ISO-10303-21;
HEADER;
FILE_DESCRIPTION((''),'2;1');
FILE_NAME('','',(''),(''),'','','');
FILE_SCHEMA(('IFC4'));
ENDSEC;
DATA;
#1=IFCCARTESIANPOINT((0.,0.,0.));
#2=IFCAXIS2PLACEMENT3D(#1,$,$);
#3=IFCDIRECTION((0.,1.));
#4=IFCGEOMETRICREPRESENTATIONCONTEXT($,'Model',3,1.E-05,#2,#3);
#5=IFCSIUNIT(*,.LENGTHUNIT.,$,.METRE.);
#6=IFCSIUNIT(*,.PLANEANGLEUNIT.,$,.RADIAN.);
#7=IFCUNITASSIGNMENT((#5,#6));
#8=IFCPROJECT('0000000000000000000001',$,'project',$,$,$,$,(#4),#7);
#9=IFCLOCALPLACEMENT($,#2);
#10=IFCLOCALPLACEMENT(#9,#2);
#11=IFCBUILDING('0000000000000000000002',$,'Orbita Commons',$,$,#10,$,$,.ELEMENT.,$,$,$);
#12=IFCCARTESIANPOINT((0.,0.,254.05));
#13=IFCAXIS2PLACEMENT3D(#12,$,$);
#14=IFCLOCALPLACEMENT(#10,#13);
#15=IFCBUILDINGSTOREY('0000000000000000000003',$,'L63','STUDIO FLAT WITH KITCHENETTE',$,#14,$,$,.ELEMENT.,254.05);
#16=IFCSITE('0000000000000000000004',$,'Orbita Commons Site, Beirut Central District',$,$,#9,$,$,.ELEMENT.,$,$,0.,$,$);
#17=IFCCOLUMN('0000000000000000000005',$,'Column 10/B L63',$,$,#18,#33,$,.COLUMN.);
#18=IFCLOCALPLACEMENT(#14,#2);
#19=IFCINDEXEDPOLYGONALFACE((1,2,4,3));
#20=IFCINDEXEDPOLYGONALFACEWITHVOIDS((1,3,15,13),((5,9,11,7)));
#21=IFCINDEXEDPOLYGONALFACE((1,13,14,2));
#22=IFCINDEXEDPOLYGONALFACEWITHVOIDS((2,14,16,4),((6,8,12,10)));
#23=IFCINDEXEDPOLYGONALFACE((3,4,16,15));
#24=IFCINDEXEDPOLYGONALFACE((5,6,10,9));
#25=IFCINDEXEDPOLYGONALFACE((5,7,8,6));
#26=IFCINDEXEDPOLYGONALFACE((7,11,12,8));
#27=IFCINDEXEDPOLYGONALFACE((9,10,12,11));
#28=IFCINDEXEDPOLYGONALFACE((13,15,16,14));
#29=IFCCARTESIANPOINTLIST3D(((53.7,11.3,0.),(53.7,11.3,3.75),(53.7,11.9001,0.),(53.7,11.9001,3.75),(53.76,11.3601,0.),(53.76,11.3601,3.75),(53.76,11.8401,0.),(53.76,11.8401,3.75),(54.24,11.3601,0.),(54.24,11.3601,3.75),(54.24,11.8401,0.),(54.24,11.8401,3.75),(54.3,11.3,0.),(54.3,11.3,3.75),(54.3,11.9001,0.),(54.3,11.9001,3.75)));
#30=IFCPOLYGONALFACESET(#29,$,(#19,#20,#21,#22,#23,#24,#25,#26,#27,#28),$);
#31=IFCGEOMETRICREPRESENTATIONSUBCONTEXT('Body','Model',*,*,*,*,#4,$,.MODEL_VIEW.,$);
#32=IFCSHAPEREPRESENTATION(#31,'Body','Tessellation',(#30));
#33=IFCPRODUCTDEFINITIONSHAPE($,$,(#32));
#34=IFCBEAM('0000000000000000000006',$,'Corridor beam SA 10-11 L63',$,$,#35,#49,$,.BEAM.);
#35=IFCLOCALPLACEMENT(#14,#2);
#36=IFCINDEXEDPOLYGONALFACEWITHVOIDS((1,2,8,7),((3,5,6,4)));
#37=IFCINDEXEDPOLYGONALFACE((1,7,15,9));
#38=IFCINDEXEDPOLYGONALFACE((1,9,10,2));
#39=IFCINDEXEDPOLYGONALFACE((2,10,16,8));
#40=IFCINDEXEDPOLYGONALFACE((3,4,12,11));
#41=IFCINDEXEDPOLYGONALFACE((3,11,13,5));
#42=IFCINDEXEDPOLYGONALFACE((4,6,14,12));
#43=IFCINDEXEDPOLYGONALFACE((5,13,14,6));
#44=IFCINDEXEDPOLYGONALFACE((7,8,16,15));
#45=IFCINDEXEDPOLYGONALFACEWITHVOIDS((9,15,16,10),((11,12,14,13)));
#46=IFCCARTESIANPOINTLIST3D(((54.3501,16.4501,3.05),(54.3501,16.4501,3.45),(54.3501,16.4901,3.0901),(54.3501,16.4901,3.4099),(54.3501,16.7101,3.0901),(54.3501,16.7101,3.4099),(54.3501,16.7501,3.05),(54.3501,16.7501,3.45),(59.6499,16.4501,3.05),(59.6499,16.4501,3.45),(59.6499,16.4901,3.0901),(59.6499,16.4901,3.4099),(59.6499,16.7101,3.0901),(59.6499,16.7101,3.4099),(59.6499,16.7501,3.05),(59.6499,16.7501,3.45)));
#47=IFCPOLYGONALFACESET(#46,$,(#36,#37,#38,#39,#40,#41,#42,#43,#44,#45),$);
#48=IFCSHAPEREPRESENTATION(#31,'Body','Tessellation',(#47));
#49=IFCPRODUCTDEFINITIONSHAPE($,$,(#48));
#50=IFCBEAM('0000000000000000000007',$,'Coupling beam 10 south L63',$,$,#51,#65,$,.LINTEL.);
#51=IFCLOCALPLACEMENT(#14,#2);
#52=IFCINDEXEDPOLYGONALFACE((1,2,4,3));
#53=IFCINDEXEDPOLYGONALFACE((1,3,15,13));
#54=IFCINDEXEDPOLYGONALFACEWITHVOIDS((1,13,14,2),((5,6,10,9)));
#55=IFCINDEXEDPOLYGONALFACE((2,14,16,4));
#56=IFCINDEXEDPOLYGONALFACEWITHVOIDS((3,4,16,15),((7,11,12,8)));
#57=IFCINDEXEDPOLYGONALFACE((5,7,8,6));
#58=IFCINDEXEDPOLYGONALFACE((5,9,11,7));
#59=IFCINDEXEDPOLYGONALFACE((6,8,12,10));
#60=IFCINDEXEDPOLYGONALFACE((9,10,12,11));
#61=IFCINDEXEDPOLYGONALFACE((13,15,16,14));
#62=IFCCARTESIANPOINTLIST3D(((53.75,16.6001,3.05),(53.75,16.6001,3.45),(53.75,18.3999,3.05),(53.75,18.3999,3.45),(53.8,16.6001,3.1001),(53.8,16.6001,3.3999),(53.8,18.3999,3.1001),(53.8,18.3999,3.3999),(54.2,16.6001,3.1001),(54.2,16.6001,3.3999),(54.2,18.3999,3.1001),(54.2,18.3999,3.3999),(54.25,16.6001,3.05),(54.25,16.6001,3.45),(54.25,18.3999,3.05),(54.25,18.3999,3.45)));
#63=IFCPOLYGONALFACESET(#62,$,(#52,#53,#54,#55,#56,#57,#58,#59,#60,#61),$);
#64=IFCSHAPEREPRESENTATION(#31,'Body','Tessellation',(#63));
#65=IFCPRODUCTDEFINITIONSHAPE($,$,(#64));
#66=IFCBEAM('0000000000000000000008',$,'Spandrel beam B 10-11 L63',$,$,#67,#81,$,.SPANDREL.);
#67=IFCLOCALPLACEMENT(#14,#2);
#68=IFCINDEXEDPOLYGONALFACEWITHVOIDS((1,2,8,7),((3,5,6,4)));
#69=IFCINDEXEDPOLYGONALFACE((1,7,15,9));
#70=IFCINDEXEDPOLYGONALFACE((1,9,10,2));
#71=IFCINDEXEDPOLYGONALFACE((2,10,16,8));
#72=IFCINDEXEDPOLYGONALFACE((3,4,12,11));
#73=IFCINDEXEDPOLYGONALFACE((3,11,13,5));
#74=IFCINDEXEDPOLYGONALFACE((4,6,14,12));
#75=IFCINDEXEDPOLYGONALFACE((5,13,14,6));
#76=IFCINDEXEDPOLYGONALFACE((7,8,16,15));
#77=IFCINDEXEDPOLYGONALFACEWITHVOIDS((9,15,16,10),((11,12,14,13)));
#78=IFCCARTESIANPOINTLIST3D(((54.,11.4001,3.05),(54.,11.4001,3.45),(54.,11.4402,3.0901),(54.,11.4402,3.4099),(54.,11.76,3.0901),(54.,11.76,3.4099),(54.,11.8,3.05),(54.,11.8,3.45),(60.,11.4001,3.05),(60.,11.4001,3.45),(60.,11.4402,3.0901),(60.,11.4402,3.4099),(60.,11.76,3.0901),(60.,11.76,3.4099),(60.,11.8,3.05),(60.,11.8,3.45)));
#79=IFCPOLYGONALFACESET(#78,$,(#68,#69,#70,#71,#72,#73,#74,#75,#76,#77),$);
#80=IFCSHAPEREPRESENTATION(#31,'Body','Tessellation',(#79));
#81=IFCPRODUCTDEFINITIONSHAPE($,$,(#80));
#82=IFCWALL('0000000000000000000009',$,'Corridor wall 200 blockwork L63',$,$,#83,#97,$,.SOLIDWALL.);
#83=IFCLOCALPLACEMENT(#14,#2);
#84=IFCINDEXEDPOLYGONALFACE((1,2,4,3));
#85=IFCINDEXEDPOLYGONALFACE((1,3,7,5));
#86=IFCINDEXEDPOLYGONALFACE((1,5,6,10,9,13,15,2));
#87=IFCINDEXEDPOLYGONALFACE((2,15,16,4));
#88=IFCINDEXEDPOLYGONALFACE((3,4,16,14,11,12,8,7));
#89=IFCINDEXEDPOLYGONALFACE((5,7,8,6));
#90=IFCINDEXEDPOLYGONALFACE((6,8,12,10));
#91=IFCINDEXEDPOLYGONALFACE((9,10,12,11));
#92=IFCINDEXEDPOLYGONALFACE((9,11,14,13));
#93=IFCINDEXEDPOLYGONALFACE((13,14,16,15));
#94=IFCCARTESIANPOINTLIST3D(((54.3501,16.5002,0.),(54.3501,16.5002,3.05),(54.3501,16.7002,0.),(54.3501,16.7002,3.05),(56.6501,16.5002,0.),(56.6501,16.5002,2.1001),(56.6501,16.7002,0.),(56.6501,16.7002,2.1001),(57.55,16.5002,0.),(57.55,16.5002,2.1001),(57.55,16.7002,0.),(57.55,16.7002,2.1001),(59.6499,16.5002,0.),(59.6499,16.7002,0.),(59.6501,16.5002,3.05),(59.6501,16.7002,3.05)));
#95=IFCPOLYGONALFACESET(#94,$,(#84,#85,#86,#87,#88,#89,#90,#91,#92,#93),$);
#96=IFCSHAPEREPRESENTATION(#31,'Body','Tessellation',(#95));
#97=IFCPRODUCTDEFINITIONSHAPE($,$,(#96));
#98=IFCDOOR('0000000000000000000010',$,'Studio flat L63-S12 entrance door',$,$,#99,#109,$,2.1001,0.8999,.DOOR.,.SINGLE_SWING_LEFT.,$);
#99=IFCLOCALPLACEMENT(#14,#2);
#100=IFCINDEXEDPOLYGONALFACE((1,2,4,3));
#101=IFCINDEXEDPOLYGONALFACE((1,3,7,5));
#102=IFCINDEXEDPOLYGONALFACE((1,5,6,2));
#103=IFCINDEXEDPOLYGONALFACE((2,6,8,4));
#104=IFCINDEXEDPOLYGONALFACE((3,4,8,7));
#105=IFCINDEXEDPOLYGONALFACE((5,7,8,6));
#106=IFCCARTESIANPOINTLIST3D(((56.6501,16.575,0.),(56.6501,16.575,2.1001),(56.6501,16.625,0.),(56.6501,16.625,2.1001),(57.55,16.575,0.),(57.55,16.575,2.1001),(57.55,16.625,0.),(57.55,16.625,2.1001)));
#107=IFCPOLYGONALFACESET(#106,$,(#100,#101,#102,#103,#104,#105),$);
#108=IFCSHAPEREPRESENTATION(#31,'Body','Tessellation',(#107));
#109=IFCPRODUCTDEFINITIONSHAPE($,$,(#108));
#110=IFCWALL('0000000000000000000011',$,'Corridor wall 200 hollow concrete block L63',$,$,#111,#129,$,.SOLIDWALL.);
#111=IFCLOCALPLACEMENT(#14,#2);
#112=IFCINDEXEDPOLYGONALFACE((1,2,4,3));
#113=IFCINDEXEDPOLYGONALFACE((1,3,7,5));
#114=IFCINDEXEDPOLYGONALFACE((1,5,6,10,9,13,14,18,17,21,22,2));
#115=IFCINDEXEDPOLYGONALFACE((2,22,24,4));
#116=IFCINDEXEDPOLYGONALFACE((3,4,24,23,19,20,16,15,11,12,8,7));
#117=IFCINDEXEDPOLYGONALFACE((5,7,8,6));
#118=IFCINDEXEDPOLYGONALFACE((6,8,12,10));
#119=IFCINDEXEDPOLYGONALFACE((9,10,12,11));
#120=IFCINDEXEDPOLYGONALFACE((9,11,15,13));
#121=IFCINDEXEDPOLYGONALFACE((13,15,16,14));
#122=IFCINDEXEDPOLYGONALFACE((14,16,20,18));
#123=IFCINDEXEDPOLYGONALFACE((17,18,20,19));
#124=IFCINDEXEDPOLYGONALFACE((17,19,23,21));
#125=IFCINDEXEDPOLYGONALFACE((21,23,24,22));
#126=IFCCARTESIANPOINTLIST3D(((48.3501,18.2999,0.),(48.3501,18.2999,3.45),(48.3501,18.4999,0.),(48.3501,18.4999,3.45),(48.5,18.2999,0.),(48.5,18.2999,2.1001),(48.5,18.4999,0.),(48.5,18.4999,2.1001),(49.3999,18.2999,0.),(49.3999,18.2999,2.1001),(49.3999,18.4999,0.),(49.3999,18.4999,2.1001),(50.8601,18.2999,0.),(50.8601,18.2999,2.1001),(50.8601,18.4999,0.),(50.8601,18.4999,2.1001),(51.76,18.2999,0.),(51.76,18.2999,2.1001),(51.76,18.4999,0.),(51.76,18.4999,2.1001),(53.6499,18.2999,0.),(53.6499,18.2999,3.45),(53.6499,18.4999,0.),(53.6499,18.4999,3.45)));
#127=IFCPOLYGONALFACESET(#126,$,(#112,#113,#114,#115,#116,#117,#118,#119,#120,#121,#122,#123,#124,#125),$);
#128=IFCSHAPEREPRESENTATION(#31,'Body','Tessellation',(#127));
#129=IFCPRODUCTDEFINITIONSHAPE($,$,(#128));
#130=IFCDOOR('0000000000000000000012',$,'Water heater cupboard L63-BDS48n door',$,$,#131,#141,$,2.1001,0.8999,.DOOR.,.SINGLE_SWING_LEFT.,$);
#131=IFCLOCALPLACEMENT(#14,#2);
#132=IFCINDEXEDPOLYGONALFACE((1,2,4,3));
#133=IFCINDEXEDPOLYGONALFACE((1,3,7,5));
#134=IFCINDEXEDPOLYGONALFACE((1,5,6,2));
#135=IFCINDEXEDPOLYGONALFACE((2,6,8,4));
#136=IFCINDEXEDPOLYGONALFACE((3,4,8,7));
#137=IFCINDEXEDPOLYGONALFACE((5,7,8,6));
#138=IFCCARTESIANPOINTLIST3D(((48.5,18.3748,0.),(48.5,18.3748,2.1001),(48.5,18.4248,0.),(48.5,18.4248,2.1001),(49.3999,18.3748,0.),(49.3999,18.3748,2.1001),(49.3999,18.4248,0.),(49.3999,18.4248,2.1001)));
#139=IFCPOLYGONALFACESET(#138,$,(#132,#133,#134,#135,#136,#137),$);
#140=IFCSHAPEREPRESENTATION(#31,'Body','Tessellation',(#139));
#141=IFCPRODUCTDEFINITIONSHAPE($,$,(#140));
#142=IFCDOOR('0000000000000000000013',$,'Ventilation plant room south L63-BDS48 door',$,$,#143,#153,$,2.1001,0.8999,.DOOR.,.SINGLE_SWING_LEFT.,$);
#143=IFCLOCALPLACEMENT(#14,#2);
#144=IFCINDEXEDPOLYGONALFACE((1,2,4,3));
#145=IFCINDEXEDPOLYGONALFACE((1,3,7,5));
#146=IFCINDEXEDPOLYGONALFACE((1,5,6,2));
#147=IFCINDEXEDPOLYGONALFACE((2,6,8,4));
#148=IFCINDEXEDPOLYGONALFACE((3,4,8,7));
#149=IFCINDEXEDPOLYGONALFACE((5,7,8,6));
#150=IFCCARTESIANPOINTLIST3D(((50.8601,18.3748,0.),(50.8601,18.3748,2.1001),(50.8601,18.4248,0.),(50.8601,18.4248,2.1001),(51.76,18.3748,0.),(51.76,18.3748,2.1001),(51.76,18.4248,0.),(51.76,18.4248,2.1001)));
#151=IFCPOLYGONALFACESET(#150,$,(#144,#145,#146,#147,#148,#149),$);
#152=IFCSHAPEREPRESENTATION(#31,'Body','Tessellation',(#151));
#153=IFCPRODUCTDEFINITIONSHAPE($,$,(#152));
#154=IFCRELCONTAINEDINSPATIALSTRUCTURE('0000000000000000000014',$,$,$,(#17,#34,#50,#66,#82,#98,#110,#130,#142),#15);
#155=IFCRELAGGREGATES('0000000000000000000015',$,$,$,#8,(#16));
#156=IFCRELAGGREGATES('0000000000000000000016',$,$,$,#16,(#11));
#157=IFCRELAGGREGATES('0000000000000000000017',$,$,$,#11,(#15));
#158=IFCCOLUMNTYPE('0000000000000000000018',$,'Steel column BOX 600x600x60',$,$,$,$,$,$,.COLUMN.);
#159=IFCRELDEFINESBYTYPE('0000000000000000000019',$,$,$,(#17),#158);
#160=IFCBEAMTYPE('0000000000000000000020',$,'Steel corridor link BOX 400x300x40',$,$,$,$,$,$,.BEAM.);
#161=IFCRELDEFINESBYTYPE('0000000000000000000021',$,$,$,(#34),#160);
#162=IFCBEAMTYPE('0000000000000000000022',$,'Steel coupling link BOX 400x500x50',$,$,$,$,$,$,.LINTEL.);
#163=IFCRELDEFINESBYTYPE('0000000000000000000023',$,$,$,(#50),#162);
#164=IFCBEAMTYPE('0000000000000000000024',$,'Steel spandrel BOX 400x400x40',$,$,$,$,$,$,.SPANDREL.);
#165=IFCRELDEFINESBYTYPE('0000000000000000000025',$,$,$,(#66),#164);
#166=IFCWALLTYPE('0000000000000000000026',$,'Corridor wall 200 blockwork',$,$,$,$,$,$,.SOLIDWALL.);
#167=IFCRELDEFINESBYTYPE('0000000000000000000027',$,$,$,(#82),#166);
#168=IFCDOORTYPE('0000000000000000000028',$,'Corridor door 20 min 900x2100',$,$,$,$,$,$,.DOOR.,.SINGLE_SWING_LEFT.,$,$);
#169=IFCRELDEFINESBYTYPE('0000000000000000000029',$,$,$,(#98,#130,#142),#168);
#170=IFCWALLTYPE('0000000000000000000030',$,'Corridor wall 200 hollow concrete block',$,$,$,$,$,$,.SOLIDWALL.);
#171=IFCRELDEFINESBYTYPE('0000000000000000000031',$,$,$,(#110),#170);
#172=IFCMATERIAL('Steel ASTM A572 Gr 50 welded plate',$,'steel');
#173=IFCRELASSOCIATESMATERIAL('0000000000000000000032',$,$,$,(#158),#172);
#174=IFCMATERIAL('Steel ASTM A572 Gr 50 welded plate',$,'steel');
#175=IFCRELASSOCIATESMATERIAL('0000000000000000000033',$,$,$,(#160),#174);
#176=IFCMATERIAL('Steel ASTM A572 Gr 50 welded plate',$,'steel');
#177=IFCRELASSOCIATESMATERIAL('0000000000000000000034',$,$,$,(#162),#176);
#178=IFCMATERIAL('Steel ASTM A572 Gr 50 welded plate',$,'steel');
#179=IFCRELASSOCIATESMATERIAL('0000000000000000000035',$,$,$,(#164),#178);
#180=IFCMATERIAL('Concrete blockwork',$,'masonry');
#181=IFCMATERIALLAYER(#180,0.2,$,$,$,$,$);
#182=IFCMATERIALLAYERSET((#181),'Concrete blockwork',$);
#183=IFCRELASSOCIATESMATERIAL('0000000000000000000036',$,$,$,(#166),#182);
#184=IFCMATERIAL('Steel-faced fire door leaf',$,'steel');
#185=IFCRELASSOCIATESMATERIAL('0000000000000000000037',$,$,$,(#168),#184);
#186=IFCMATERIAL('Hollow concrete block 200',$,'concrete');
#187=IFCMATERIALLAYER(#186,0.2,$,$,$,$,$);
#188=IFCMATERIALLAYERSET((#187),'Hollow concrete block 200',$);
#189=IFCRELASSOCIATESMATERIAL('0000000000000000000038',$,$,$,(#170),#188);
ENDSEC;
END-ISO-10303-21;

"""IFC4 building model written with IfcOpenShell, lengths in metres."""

from ifc_helpers import new_model, si_unit, direction, frame, frame_2d, origin, origin_2d, place, context, subcontext, project, spatial, polyline, rectangle, hollow_rectangle, outline, extrude, material, layer, layer_set, material_profile, profile_set, type_object, element, fill, save


model = new_model("IFC4")

# Units and contexts
model_context = context("Model", 3, precision=1e-05, world=origin(), true_north=direction((0.0, 1.0)))
body_context = subcontext(model_context, "Body", "Model", "MODEL_VIEW")
ifc_project = project(units=[si_unit("LENGTHUNIT", "METRE"), si_unit("PLANEANGLEUNIT", "RADIAN")], contexts=[model_context])

# Site, building, storey
site_placement = place(None, origin())
site = spatial("IfcSite", under=ifc_project, at=site_placement, Name="Orbita Commons Site, Beirut Central District", CompositionType="ELEMENT", RefElevation=0.0)
building_placement = place(site_placement, origin())
building = spatial("IfcBuilding", under=site, at=building_placement, Name="Orbita Commons", CompositionType="ELEMENT")
storey_placement = place(building_placement, frame((0.0, 0.0, 254.05)))
storey = spatial("IfcBuildingStorey", under=building, at=storey_placement, Name="L63", Description="STUDIO FLAT WITH KITCHENETTE", CompositionType="ELEMENT", Elevation=254.05)

# Column
ifc_material_1 = material(Name="Steel ASTM A572 Gr 50 welded plate", Category="steel")
ifc_material_profile_1 = material_profile(ifc_material_1, hollow_rectangle(XDim=0.6001, YDim=0.6001, WallThickness=0.0601, at=origin_2d()), Name="BOX 600x600x60")
ifc_profile_set_1 = profile_set([ifc_material_profile_1], Name="Steel ASTM A572 Gr 50 welded plate")
column_type = type_object("IfcColumnType", Name="Steel column BOX 600x600x60", PredefinedType="COLUMN", material=ifc_profile_set_1)
column_placement = place(storey_placement, frame((54.0, 11.6001, 0.0), z_axis=(0.0, 0.0, 1.0), x_axis=(1.0, 0.0, 0.0)))
element("IfcColumn", 1, at=column_placement, inside=storey, type_object=column_type, Name="Column 10/B L63", PredefinedType="COLUMN", context=body_context, shape_type="SweptSolid", body=[
    extrude(hollow_rectangle(XDim=0.6001, YDim=0.6001, WallThickness=0.0601, at=origin_2d()), origin(), (0.0, 0.0, 1.0), 3.75),
])

# Beams
ifc_material_2 = material(Name="Steel ASTM A572 Gr 50 welded plate", Category="steel")
ifc_material_profile_2 = material_profile(ifc_material_2, hollow_rectangle(XDim=0.3, YDim=0.3999, WallThickness=0.04, at=origin_2d()), Name="BOX 400x300x40")
ifc_profile_set_2 = profile_set([ifc_material_profile_2], Name="Steel ASTM A572 Gr 50 welded plate")
beam_type_1 = type_object("IfcBeamType", Name="Steel corridor link BOX 400x300x40", PredefinedType="BEAM", material=ifc_profile_set_2)
beam_1_placement = place(storey_placement, frame((54.3501, 16.6001, 3.25), z_axis=(1.0, 0.0, 0.0), x_axis=(0.0, 1.0, 0.0)))
element("IfcBeam", 2, at=beam_1_placement, inside=storey, type_object=beam_type_1, Name="Corridor beam SA 10-11 L63", PredefinedType="BEAM", context=body_context, shape_type="SweptSolid", body=[
    extrude(hollow_rectangle(XDim=0.3, YDim=0.3999, WallThickness=0.04, at=origin_2d()), origin(), (0.0, 0.0, 1.0), 5.2998),
])
ifc_material_3 = material(Name="Steel ASTM A572 Gr 50 welded plate", Category="steel")
ifc_material_profile_3 = material_profile(ifc_material_3, hollow_rectangle(XDim=0.5, YDim=0.3999, WallThickness=0.05, at=origin_2d()), Name="BOX 400x500x50")
ifc_profile_set_3 = profile_set([ifc_material_profile_3], Name="Steel ASTM A572 Gr 50 welded plate")
beam_type_2 = type_object("IfcBeamType", Name="Steel coupling link BOX 400x500x50", PredefinedType="LINTEL", material=ifc_profile_set_3)
beam_2_placement = place(storey_placement, frame((54.0, 16.6001, 3.25), z_axis=(0.0, 1.0, 0.0), x_axis=(-1.0, 0.0, 0.0)))
element("IfcBeam", 3, at=beam_2_placement, inside=storey, type_object=beam_type_2, Name="Coupling beam 10 south L63", PredefinedType="LINTEL", context=body_context, shape_type="SweptSolid", body=[
    extrude(hollow_rectangle(XDim=0.5, YDim=0.3999, WallThickness=0.05, at=origin_2d()), origin(), (0.0, 0.0, 1.0), 1.7998),
])
ifc_material_4 = material(Name="Steel ASTM A572 Gr 50 welded plate", Category="steel")
ifc_material_profile_4 = material_profile(ifc_material_4, hollow_rectangle(XDim=0.3999, YDim=0.3999, WallThickness=0.04, at=origin_2d()), Name="BOX 400x400x40")
ifc_profile_set_4 = profile_set([ifc_material_profile_4], Name="Steel ASTM A572 Gr 50 welded plate")
beam_type_3 = type_object("IfcBeamType", Name="Steel spandrel BOX 400x400x40", PredefinedType="SPANDREL", material=ifc_profile_set_4)
beam_3_placement = place(storey_placement, frame((54.0, 11.6001, 3.25), z_axis=(1.0, 0.0, 0.0), x_axis=(0.0, 1.0, 0.0)))
element("IfcBeam", 4, at=beam_3_placement, inside=storey, type_object=beam_type_3, Name="Spandrel beam B 10-11 L63", PredefinedType="SPANDREL", context=body_context, shape_type="SweptSolid", body=[
    extrude(hollow_rectangle(XDim=0.3999, YDim=0.3999, WallThickness=0.04, at=origin_2d()), origin(), (0.0, 0.0, 1.0), 6.0),
])

# Wall, opening, door
ifc_material_5 = material(Name="Concrete blockwork", Category="masonry")
ifc_layer_1 = layer(ifc_material_5, 0.2)
ifc_layer_set_1 = layer_set([ifc_layer_1], Name="Concrete blockwork")
wall_type_1 = type_object("IfcWallType", Name="Corridor wall 200 blockwork", PredefinedType="SOLIDWALL", material=ifc_layer_set_1)
wall_1_placement = place(storey_placement, frame((54.3501, 16.6001, 0.0), z_axis=(0.0, 0.0, 1.0), x_axis=(1.0, 0.0, 0.0)))
wall_1 = element("IfcWall", 5, at=wall_1_placement, inside=storey, type_object=wall_type_1, Name="Corridor wall 200 blockwork L63", PredefinedType="SOLIDWALL", context=body_context, shape_type="SweptSolid", body=[
    extrude(outline(polyline([(0.0, 0.0), (5.2998, 0.0), (5.3, 3.05), (0.0, 3.05), (0.0, 0.0)])), frame((0.0, 0.1001, 0.0), z_axis=(0.0, -1.0, 0.0), x_axis=(1.0, 0.0, 0.0)), (0.0, 0.0, 1.0), 0.2),
])
opening_1_placement = place(wall_1_placement, frame((2.3, 0.0, 0.0)))
opening_1 = element("IfcOpeningElement", 6, at=opening_1_placement, cuts=wall_1, PredefinedType="OPENING", context=body_context, shape_type="SweptSolid", body=[
    extrude(rectangle(XDim=0.8999, YDim=2.1001, at=frame_2d((0.45, 1.05))), frame((0.0, 0.1099, 0.0), z_axis=(0.0, -1.0, 0.0), x_axis=(1.0, 0.0, 0.0)), (0.0, 0.0, 1.0), 0.22),
])
ifc_material_6 = material(Name="Steel-faced fire door leaf", Category="steel")
door_type_1 = type_object("IfcDoorType", Name="Corridor door 20 min 900x2100", OperationType="SINGLE_SWING_LEFT", PredefinedType="DOOR", material=ifc_material_6)
door_1_placement = place(opening_1_placement, origin())
door_1 = element("IfcDoor", 7, at=door_1_placement, inside=storey, type_object=door_type_1, Name="Studio flat L63-S12 entrance door", OperationType="SINGLE_SWING_LEFT", OverallHeight=2.1001, OverallWidth=0.8999, PredefinedType="DOOR", context=body_context, shape_type="SweptSolid", body=[
    extrude(rectangle(XDim=0.8999, YDim=2.1001, at=frame_2d((0.45, 1.05))), frame((0.0, 0.0249, 0.0), z_axis=(0.0, -1.0, 0.0), x_axis=(1.0, 0.0, 0.0)), (0.0, 0.0, 1.0), 0.05),
])
fill(opening_1, door_1)

# Wall, openings, doors
ifc_material_7 = material(Name="Hollow concrete block 200", Category="concrete")
ifc_layer_2 = layer(ifc_material_7, 0.2)
ifc_layer_set_2 = layer_set([ifc_layer_2], Name="Hollow concrete block 200")
wall_type_2 = type_object("IfcWallType", Name="Corridor wall 200 hollow concrete block", PredefinedType="SOLIDWALL", material=ifc_layer_set_2)
wall_2_placement = place(storey_placement, frame((48.3501, 18.3999, 0.0), z_axis=(0.0, 0.0, 1.0), x_axis=(1.0, 0.0, 0.0)))
wall_2 = element("IfcWall", 8, at=wall_2_placement, inside=storey, type_object=wall_type_2, Name="Corridor wall 200 hollow concrete block L63", PredefinedType="SOLIDWALL", context=body_context, shape_type="SweptSolid", body=[
    extrude(rectangle(XDim=5.2998, YDim=0.2, at=frame_2d((2.6499, 0.0))), origin(), (0.0, 0.0, 1.0), 3.45),
])
opening_2_placement = place(wall_2_placement, frame((0.1499, 0.0, 0.0)))
opening_2 = element("IfcOpeningElement", 9, at=opening_2_placement, cuts=wall_2, PredefinedType="OPENING", context=body_context, shape_type="SweptSolid", body=[
    extrude(rectangle(XDim=0.8999, YDim=2.1001, at=frame_2d((0.45, 1.05))), frame((0.0, 0.1099, 0.0), z_axis=(0.0, -1.0, 0.0), x_axis=(1.0, 0.0, 0.0)), (0.0, 0.0, 1.0), 0.22),
])
opening_3_placement = place(wall_2_placement, frame((2.51, 0.0, 0.0)))
opening_3 = element("IfcOpeningElement", 10, at=opening_3_placement, cuts=wall_2, PredefinedType="OPENING", context=body_context, shape_type="SweptSolid", body=[
    extrude(rectangle(XDim=0.8999, YDim=2.1001, at=frame_2d((0.45, 1.05))), frame((0.0, 0.1099, 0.0), z_axis=(0.0, -1.0, 0.0), x_axis=(1.0, 0.0, 0.0)), (0.0, 0.0, 1.0), 0.22),
])
door_2_placement = place(opening_2_placement, origin())
door_2 = element("IfcDoor", 11, at=door_2_placement, inside=storey, type_object=door_type_1, Name="Water heater cupboard L63-BDS48n door", OperationType="SINGLE_SWING_LEFT", OverallHeight=2.1001, OverallWidth=0.8999, PredefinedType="DOOR", context=body_context, shape_type="SweptSolid", body=[
    extrude(rectangle(XDim=0.8999, YDim=2.1001, at=frame_2d((0.45, 1.05))), frame((0.0, 0.0249, 0.0), z_axis=(0.0, -1.0, 0.0), x_axis=(1.0, 0.0, 0.0)), (0.0, 0.0, 1.0), 0.05),
])
fill(opening_2, door_2)
door_3_placement = place(opening_3_placement, origin())
door_3 = element("IfcDoor", 12, at=door_3_placement, inside=storey, type_object=door_type_1, Name="Ventilation plant room south L63-BDS48 door", OperationType="SINGLE_SWING_LEFT", OverallHeight=2.1001, OverallWidth=0.8999, PredefinedType="DOOR", context=body_context, shape_type="SweptSolid", body=[
    extrude(rectangle(XDim=0.8999, YDim=2.1001, at=frame_2d((0.45, 1.05))), frame((0.0, 0.0249, 0.0), z_axis=(0.0, -1.0, 0.0), x_axis=(1.0, 0.0, 0.0)), (0.0, 0.0, 1.0), 0.05),
])
fill(opening_3, door_3)

save(model, "model.ifc")
